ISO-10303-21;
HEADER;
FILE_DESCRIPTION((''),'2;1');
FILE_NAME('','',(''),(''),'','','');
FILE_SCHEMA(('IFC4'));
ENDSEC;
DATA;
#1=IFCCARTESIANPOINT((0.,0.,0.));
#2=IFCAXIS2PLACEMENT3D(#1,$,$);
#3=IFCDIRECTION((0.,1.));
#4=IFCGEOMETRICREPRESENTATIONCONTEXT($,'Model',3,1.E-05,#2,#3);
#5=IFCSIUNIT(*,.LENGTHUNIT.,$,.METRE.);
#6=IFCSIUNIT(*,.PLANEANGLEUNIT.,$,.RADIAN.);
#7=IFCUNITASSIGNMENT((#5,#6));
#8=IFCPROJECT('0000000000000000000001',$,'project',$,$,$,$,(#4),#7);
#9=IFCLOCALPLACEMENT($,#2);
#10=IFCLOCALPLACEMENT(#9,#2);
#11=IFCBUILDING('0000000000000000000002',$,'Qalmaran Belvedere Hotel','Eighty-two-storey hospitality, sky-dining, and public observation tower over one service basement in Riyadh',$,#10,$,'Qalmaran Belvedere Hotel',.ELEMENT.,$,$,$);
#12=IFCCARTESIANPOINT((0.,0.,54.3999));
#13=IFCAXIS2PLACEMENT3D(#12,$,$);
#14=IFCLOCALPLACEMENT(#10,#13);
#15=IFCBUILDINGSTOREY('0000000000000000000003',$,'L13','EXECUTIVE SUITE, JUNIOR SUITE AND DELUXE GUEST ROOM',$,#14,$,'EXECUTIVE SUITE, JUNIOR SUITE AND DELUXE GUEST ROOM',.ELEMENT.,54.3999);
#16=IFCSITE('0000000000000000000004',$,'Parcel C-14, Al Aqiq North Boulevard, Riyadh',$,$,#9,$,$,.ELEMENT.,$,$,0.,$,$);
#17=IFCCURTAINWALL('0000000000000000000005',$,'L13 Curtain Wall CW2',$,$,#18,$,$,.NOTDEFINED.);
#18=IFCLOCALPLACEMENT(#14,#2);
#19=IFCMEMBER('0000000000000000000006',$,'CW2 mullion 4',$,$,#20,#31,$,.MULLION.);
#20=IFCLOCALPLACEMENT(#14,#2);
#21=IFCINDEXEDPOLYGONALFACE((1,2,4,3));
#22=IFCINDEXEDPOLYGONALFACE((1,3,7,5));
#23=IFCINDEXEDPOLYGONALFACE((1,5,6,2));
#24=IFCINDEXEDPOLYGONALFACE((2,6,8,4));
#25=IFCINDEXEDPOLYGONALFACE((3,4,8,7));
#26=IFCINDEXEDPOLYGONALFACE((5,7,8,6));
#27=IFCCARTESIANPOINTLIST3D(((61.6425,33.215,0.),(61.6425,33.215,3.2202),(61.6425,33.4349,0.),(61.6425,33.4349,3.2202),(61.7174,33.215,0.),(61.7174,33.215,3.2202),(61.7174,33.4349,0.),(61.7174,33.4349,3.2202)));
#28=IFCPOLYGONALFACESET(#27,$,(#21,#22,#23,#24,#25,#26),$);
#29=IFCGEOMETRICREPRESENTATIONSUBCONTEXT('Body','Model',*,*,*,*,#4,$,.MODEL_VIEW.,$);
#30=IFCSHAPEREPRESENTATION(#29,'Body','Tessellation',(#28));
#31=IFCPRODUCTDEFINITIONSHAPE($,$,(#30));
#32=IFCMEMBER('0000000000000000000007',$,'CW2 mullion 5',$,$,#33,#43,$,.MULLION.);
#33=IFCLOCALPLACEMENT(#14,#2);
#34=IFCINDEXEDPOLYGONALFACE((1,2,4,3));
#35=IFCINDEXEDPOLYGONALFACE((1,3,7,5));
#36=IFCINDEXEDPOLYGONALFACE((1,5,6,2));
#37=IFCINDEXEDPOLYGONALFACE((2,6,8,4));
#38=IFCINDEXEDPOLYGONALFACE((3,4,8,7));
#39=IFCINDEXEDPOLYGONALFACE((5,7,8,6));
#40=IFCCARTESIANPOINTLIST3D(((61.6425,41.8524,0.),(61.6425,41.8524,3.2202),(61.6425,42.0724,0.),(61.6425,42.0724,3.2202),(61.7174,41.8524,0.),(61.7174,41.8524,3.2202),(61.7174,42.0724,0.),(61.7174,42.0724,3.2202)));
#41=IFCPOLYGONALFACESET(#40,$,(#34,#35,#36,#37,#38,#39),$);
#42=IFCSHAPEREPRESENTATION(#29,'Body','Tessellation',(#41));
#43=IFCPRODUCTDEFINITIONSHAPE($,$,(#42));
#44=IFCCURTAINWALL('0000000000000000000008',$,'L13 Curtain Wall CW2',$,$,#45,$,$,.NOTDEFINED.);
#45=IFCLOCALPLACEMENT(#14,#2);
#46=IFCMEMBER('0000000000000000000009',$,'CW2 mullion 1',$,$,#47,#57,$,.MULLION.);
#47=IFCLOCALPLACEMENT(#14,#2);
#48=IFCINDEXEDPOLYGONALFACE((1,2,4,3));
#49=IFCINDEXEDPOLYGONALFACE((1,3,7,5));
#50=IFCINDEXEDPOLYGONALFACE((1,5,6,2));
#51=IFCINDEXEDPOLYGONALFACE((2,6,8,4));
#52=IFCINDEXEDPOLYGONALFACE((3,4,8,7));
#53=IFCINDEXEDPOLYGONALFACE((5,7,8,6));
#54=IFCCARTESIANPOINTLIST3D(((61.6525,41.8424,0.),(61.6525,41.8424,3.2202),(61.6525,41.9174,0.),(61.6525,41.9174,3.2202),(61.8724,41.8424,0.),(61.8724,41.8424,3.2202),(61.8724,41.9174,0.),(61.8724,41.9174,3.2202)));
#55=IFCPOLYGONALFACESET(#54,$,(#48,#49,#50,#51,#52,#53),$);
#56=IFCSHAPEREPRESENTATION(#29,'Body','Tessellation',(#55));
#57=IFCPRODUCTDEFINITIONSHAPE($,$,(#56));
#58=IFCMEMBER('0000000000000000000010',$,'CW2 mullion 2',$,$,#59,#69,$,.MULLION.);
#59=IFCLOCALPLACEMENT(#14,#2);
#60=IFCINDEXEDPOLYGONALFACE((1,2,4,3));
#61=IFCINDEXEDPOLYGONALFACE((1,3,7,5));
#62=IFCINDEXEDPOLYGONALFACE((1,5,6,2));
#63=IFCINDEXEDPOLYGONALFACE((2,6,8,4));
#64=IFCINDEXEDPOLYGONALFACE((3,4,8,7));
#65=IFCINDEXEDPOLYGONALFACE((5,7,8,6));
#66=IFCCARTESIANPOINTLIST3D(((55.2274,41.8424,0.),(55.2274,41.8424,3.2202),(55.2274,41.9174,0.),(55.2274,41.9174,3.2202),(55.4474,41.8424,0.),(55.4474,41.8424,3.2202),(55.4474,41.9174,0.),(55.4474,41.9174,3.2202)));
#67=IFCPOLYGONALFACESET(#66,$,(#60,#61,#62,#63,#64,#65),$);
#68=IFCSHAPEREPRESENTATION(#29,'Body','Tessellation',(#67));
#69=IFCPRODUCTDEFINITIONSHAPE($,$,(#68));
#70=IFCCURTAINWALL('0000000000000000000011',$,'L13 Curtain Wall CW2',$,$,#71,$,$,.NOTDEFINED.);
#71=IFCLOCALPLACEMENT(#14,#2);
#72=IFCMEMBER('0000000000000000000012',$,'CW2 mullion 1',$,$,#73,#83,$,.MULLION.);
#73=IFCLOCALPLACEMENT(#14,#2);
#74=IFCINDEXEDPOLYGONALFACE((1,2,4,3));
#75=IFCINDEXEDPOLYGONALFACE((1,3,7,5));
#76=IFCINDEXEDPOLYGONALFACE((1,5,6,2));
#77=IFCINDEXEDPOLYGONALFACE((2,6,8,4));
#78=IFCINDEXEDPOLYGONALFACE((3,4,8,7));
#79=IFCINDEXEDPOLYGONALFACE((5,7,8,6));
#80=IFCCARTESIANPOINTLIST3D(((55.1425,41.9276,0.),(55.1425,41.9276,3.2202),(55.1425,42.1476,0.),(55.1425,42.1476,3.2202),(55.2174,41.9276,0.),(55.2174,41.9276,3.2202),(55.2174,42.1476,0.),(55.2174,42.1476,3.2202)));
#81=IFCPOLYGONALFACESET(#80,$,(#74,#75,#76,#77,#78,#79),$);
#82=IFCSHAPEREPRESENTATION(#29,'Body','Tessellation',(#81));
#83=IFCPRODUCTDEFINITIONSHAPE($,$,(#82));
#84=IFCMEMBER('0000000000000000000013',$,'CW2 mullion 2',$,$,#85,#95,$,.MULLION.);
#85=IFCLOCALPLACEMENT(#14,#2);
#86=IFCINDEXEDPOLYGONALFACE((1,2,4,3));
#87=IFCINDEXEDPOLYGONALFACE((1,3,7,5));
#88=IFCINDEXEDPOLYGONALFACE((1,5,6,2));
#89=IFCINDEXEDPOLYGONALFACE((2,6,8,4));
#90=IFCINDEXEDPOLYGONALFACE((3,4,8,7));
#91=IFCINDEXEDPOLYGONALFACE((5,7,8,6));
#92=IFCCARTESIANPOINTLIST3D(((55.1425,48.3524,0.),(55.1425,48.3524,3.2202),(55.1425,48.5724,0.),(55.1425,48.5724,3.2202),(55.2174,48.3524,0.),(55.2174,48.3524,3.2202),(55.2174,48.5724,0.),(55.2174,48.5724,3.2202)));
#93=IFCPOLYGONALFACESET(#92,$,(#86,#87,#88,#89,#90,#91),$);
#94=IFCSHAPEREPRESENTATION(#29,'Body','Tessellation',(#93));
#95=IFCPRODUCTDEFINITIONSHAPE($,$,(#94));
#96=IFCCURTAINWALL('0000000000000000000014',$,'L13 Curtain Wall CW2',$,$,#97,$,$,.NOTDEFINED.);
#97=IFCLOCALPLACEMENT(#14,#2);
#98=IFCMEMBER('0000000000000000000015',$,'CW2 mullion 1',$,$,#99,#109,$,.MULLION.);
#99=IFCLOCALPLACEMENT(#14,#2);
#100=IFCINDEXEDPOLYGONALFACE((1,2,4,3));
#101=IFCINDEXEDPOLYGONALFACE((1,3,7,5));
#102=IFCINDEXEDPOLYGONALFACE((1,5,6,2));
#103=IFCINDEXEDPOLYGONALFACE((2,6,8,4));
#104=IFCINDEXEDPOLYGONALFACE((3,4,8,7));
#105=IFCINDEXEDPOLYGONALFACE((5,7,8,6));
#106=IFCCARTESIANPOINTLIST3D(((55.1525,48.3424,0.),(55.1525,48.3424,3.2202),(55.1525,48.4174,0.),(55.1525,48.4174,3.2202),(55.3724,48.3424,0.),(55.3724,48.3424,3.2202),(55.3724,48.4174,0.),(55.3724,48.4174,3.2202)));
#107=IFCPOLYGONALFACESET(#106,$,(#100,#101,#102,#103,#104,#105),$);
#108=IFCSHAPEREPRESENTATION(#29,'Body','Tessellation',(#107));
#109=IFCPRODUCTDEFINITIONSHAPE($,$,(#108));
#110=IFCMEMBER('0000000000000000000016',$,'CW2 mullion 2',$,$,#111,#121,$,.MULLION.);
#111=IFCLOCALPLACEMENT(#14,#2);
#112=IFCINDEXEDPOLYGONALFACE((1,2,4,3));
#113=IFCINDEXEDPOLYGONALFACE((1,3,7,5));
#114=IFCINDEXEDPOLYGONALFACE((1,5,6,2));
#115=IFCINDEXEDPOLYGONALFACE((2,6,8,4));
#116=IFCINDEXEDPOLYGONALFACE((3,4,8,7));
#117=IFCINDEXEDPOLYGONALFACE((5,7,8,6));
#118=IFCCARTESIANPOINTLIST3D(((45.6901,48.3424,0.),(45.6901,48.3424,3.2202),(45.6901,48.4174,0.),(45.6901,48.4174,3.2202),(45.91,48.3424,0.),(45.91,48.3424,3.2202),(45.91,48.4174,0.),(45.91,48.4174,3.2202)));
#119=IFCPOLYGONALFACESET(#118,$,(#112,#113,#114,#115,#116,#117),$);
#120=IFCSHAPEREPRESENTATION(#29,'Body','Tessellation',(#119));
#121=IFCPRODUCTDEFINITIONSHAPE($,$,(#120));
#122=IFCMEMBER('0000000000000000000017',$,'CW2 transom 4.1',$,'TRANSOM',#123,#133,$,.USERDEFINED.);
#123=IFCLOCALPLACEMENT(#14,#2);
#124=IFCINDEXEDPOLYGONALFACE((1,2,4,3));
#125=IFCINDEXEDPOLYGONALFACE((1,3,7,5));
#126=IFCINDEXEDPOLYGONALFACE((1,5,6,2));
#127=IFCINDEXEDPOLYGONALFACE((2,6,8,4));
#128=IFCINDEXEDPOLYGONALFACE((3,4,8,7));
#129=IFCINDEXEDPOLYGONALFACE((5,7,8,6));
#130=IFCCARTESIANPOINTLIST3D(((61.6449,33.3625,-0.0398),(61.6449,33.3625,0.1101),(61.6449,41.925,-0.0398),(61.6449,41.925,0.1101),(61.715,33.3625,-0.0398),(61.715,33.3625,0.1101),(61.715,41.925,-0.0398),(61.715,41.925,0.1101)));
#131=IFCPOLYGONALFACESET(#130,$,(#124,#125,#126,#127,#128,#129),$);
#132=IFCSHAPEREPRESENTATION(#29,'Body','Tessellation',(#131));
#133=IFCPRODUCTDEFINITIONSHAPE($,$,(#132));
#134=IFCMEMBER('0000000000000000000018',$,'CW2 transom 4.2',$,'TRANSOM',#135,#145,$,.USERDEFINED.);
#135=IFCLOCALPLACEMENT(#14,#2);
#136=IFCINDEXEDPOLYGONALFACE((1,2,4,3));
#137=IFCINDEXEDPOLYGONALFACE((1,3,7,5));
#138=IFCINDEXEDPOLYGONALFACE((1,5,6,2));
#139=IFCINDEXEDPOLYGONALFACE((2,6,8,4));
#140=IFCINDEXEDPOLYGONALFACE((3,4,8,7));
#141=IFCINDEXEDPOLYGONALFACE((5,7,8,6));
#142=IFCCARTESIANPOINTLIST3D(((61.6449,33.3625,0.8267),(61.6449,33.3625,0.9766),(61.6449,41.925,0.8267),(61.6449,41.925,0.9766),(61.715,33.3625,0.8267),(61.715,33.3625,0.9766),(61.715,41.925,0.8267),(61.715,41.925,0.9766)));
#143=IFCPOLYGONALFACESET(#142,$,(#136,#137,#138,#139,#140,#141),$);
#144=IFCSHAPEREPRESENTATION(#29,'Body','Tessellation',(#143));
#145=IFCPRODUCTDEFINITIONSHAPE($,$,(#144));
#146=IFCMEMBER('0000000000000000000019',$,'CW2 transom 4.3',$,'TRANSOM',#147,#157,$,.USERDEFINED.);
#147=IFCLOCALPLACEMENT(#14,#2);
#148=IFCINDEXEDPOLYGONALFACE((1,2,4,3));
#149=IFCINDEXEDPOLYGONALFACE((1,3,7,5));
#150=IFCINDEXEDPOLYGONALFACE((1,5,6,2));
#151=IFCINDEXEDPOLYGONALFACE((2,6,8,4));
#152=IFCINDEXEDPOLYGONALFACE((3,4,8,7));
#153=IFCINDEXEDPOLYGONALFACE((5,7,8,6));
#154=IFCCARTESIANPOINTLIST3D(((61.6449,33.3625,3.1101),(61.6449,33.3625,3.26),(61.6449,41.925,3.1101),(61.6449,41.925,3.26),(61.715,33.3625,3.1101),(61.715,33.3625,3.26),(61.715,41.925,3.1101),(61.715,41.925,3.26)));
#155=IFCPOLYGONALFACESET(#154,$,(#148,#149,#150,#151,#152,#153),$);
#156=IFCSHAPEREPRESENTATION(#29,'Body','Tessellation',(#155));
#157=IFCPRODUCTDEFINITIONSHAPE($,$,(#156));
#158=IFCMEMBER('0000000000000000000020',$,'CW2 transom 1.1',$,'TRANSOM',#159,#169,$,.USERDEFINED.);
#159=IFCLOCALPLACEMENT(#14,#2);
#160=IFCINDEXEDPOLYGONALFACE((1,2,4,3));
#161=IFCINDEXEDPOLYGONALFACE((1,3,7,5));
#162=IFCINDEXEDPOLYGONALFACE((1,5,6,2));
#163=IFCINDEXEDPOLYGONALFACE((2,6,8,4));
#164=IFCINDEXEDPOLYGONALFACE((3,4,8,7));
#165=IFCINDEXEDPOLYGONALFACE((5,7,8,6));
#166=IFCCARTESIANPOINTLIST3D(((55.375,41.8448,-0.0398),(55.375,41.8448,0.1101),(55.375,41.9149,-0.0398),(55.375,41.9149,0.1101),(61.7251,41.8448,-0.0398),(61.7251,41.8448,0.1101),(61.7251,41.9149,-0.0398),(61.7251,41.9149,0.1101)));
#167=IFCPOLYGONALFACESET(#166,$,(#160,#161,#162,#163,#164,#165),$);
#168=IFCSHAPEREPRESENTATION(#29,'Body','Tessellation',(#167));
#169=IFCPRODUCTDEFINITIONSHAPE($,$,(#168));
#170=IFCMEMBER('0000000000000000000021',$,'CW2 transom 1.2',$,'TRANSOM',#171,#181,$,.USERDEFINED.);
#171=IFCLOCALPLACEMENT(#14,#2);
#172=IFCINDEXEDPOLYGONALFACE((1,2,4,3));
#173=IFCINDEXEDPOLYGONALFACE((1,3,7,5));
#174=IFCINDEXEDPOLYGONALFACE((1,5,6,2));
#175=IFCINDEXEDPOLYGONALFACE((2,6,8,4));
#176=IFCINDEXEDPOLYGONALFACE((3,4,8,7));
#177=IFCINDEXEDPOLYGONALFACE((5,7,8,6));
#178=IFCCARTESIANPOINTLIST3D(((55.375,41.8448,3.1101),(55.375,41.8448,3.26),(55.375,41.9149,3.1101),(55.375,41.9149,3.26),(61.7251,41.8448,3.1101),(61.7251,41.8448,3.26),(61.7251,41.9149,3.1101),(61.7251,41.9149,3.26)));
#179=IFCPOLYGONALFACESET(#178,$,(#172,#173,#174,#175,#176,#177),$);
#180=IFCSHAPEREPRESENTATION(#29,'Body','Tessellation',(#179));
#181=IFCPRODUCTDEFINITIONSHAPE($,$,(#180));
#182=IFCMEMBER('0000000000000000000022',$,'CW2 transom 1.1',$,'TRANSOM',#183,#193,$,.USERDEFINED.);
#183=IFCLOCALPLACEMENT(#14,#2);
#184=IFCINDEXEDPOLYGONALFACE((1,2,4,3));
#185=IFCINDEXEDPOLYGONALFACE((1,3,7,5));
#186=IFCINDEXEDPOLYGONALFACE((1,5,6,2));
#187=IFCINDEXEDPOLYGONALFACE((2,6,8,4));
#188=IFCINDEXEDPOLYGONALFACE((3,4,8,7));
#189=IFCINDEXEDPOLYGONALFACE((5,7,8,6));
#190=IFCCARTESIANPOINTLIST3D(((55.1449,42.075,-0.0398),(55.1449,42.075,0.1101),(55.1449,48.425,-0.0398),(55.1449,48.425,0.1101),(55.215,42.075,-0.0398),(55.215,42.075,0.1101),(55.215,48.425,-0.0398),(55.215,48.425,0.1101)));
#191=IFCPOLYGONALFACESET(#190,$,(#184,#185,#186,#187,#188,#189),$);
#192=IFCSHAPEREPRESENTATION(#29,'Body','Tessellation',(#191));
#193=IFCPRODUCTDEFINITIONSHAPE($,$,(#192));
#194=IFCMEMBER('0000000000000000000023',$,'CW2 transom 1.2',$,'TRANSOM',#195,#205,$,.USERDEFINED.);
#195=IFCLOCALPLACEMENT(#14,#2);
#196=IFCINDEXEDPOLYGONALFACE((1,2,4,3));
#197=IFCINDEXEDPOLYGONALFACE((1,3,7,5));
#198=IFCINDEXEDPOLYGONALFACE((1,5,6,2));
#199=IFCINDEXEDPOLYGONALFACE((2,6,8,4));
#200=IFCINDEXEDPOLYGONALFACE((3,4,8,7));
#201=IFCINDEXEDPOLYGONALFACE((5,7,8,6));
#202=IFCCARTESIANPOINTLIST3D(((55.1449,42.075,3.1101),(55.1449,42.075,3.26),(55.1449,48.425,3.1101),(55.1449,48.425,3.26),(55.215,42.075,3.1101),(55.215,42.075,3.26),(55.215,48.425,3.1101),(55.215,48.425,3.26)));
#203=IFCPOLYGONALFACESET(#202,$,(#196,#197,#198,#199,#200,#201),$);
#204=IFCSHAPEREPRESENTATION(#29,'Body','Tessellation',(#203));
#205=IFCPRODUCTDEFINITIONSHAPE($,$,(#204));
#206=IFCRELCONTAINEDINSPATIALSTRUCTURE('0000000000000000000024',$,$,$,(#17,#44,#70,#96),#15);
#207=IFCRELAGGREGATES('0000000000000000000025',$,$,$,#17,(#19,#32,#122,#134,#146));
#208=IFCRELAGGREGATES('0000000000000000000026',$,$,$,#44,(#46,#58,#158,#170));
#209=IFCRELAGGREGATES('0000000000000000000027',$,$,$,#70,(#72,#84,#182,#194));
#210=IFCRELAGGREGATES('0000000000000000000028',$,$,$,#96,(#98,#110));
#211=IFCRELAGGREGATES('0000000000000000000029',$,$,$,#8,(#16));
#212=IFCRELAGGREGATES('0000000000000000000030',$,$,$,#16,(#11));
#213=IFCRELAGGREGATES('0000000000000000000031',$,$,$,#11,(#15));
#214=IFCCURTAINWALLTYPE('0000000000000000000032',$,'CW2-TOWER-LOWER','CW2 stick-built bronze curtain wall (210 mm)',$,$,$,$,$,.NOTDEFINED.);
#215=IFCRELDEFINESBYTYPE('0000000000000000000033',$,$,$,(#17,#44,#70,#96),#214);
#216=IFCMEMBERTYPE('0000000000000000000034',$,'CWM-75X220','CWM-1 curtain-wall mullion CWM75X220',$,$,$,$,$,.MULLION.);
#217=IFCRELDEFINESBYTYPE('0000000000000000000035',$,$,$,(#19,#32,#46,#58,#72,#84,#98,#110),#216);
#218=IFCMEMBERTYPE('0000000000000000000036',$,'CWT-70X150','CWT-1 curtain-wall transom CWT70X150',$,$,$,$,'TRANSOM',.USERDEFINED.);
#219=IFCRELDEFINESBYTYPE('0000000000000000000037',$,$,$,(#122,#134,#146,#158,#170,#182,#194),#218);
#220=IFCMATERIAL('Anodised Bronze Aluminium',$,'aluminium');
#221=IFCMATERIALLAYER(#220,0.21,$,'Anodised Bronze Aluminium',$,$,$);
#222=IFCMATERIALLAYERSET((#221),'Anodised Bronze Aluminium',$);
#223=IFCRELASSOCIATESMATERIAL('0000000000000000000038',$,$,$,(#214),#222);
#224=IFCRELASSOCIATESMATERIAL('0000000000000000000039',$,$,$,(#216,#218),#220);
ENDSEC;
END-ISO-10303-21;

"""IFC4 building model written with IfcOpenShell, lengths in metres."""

from ifc_helpers import new_model, si_unit, direction, frame, origin, origin_2d, place, context, subcontext, project, spatial, rectangle, extrude, material, layer, layer_set, material_profile, profile_set, type_object, element, aggregate, save


model = new_model("IFC4")

# Units and contexts
model_context = context("Model", 3, precision=1e-05, world=origin(), true_north=direction((0.0, 1.0)))
body_context = subcontext(model_context, "Body", "Model", "MODEL_VIEW")
ifc_project = project(units=[si_unit("LENGTHUNIT", "METRE"), si_unit("PLANEANGLEUNIT", "RADIAN")], contexts=[model_context])

# Site, building, storey
site_placement = place(None, origin())
site = spatial("IfcSite", under=ifc_project, at=site_placement, Name="Parcel C-14, Al Aqiq North Boulevard, Riyadh", CompositionType="ELEMENT", RefElevation=0.0)
building_placement = place(site_placement, origin())
building = spatial("IfcBuilding", under=site, at=building_placement, Name="Qalmaran Belvedere Hotel", Description="Eighty-two-storey hospitality, sky-dining, and public observation tower over one service basement in Riyadh", LongName="Qalmaran Belvedere Hotel", CompositionType="ELEMENT")
storey_placement = place(building_placement, frame((0.0, 0.0, 54.3999)))
storey = spatial("IfcBuildingStorey", under=building, at=storey_placement, Name="L13", Description="EXECUTIVE SUITE, JUNIOR SUITE AND DELUXE GUEST ROOM", LongName="EXECUTIVE SUITE, JUNIOR SUITE AND DELUXE GUEST ROOM", CompositionType="ELEMENT", Elevation=54.3999)

# Curtain walls, members
ifc_material_1 = material(Name="Anodised Bronze Aluminium", Category="aluminium")
ifc_layer_1 = layer(ifc_material_1, 0.21, Name="Anodised Bronze Aluminium")
ifc_layer_set_1 = layer_set([ifc_layer_1], Name="Anodised Bronze Aluminium")
curtain_wall_type = type_object("IfcCurtainWallType", Name="CW2-TOWER-LOWER", Description="CW2 stick-built bronze curtain wall (210 mm)", PredefinedType="NOTDEFINED", material=ifc_layer_set_1)
curtain_wall_1_placement = place(storey_placement, origin())
curtain_wall_1 = element("IfcCurtainWall", 1, at=curtain_wall_1_placement, inside=storey, type_object=curtain_wall_type, Name="L13 Curtain Wall CW2", PredefinedType="NOTDEFINED")
ifc_material_profile_1 = material_profile(ifc_material_1, rectangle(XDim=0.075, YDim=0.22, at=origin_2d()), Name="CWM75X220")
ifc_profile_set_1 = profile_set([ifc_material_profile_1], Name="Anodised Bronze Aluminium")
member_type_1 = type_object("IfcMemberType", Name="CWM-75X220", Description="CWM-1 curtain-wall mullion CWM75X220", PredefinedType="MULLION", material=ifc_profile_set_1)
member_1_placement = place(storey_placement, frame((61.6799, 33.325, 0.0), z_axis=(0.0, 0.0, 1.0), x_axis=(-1.0, 0.0, 0.0)))
member_1 = element("IfcMember", 2, at=member_1_placement, type_object=member_type_1, Name="CW2 mullion 4", PredefinedType="MULLION", context=body_context, shape_type="SweptSolid", body=[
    extrude(rectangle(XDim=0.075, YDim=0.22, at=origin_2d()), origin(), (0.0, 0.0, 1.0), 3.2202),
])
member_2_placement = place(storey_placement, frame((61.6799, 41.9624, 0.0), z_axis=(0.0, 0.0, 1.0), x_axis=(-1.0, 0.0, 0.0)))
member_2 = element("IfcMember", 3, at=member_2_placement, type_object=member_type_1, Name="CW2 mullion 5", PredefinedType="MULLION", context=body_context, shape_type="SweptSolid", body=[
    extrude(rectangle(XDim=0.075, YDim=0.22, at=origin_2d()), origin(), (0.0, 0.0, 1.0), 3.2202),
])
curtain_wall_2_placement = place(storey_placement, origin())
curtain_wall_2 = element("IfcCurtainWall", 4, at=curtain_wall_2_placement, inside=storey, type_object=curtain_wall_type, Name="L13 Curtain Wall CW2", PredefinedType="NOTDEFINED")
member_3_placement = place(storey_placement, frame((61.7625, 41.8799, 0.0), z_axis=(0.0, 0.0, 1.0), x_axis=(0.0, -1.0, 0.0)))
member_3 = element("IfcMember", 5, at=member_3_placement, type_object=member_type_1, Name="CW2 mullion 1", PredefinedType="MULLION", context=body_context, shape_type="SweptSolid", body=[
    extrude(rectangle(XDim=0.075, YDim=0.22, at=origin_2d()), origin(), (0.0, 0.0, 1.0), 3.2202),
])
member_4_placement = place(storey_placement, frame((55.3374, 41.8799, 0.0), z_axis=(0.0, 0.0, 1.0), x_axis=(0.0, -1.0, 0.0)))
member_4 = element("IfcMember", 6, at=member_4_placement, type_object=member_type_1, Name="CW2 mullion 2", PredefinedType="MULLION", context=body_context, shape_type="SweptSolid", body=[
    extrude(rectangle(XDim=0.075, YDim=0.22, at=origin_2d()), origin(), (0.0, 0.0, 1.0), 3.2202),
])
curtain_wall_3_placement = place(storey_placement, origin())
curtain_wall_3 = element("IfcCurtainWall", 7, at=curtain_wall_3_placement, inside=storey, type_object=curtain_wall_type, Name="L13 Curtain Wall CW2", PredefinedType="NOTDEFINED")
member_5_placement = place(storey_placement, frame((55.1799, 42.0376, 0.0), z_axis=(0.0, 0.0, 1.0), x_axis=(-1.0, 0.0, 0.0)))
member_5 = element("IfcMember", 8, at=member_5_placement, type_object=member_type_1, Name="CW2 mullion 1", PredefinedType="MULLION", context=body_context, shape_type="SweptSolid", body=[
    extrude(rectangle(XDim=0.075, YDim=0.22, at=origin_2d()), origin(), (0.0, 0.0, 1.0), 3.2202),
])
member_6_placement = place(storey_placement, frame((55.1799, 48.4624, 0.0), z_axis=(0.0, 0.0, 1.0), x_axis=(-1.0, 0.0, 0.0)))
member_6 = element("IfcMember", 9, at=member_6_placement, type_object=member_type_1, Name="CW2 mullion 2", PredefinedType="MULLION", context=body_context, shape_type="SweptSolid", body=[
    extrude(rectangle(XDim=0.075, YDim=0.22, at=origin_2d()), origin(), (0.0, 0.0, 1.0), 3.2202),
])
curtain_wall_4_placement = place(storey_placement, origin())
curtain_wall_4 = element("IfcCurtainWall", 10, at=curtain_wall_4_placement, inside=storey, type_object=curtain_wall_type, Name="L13 Curtain Wall CW2", PredefinedType="NOTDEFINED")
member_7_placement = place(storey_placement, frame((55.2625, 48.3799, 0.0), z_axis=(0.0, 0.0, 1.0), x_axis=(0.0, -1.0, 0.0)))
member_7 = element("IfcMember", 11, at=member_7_placement, type_object=member_type_1, Name="CW2 mullion 1", PredefinedType="MULLION", context=body_context, shape_type="SweptSolid", body=[
    extrude(rectangle(XDim=0.075, YDim=0.22, at=origin_2d()), origin(), (0.0, 0.0, 1.0), 3.2202),
])
member_8_placement = place(storey_placement, frame((45.8, 48.3799, 0.0), z_axis=(0.0, 0.0, 1.0), x_axis=(0.0, -1.0, 0.0)))
member_8 = element("IfcMember", 12, at=member_8_placement, type_object=member_type_1, Name="CW2 mullion 2", PredefinedType="MULLION", context=body_context, shape_type="SweptSolid", body=[
    extrude(rectangle(XDim=0.075, YDim=0.22, at=origin_2d()), origin(), (0.0, 0.0, 1.0), 3.2202),
])

# Members
ifc_material_profile_2 = material_profile(ifc_material_1, rectangle(XDim=0.0701, YDim=0.1499, at=origin_2d()), Name="CWT70X150")
ifc_profile_set_2 = profile_set([ifc_material_profile_2], Name="Anodised Bronze Aluminium")
member_type_2 = type_object("IfcMemberType", Name="CWT-70X150", Description="CWT-1 curtain-wall transom CWT70X150", ElementType="TRANSOM", PredefinedType="USERDEFINED", material=ifc_profile_set_2)
member_9_placement = place(storey_placement, frame((61.6799, 33.3625, 0.0352), z_axis=(0.0, 1.0, 0.0), x_axis=(-1.0, 0.0, 0.0)))
member_9 = element("IfcMember", 13, at=member_9_placement, type_object=member_type_2, Name="CW2 transom 4.1", ObjectType="TRANSOM", PredefinedType="USERDEFINED", context=body_context, shape_type="SweptSolid", body=[
    extrude(rectangle(XDim=0.0701, YDim=0.1499, at=origin_2d()), origin(), (0.0, 0.0, 1.0), 8.5625),
])
member_10_placement = place(storey_placement, frame((61.6799, 33.3625, 0.9016), z_axis=(0.0, 1.0, 0.0), x_axis=(-1.0, 0.0, 0.0)))
member_10 = element("IfcMember", 14, at=member_10_placement, type_object=member_type_2, Name="CW2 transom 4.2", ObjectType="TRANSOM", PredefinedType="USERDEFINED", context=body_context, shape_type="SweptSolid", body=[
    extrude(rectangle(XDim=0.0701, YDim=0.1499, at=origin_2d()), origin(), (0.0, 0.0, 1.0), 8.5625),
])
member_11_placement = place(storey_placement, frame((61.6799, 33.3625, 3.1851), z_axis=(0.0, 1.0, 0.0), x_axis=(-1.0, 0.0, 0.0)))
member_11 = element("IfcMember", 15, at=member_11_placement, type_object=member_type_2, Name="CW2 transom 4.3", ObjectType="TRANSOM", PredefinedType="USERDEFINED", context=body_context, shape_type="SweptSolid", body=[
    extrude(rectangle(XDim=0.0701, YDim=0.1499, at=origin_2d()), origin(), (0.0, 0.0, 1.0), 8.5625),
])
member_12_placement = place(storey_placement, frame((61.7251, 41.8799, 0.0352), z_axis=(-1.0, 0.0, 0.0), x_axis=(0.0, -1.0, 0.0)))
member_12 = element("IfcMember", 16, at=member_12_placement, type_object=member_type_2, Name="CW2 transom 1.1", ObjectType="TRANSOM", PredefinedType="USERDEFINED", context=body_context, shape_type="SweptSolid", body=[
    extrude(rectangle(XDim=0.0701, YDim=0.1499, at=origin_2d()), origin(), (0.0, 0.0, 1.0), 6.3501),
])
member_13_placement = place(storey_placement, frame((61.7251, 41.8799, 3.1851), z_axis=(-1.0, 0.0, 0.0), x_axis=(0.0, -1.0, 0.0)))
member_13 = element("IfcMember", 17, at=member_13_placement, type_object=member_type_2, Name="CW2 transom 1.2", ObjectType="TRANSOM", PredefinedType="USERDEFINED", context=body_context, shape_type="SweptSolid", body=[
    extrude(rectangle(XDim=0.0701, YDim=0.1499, at=origin_2d()), origin(), (0.0, 0.0, 1.0), 6.3501),
])
member_14_placement = place(storey_placement, frame((55.1799, 42.075, 0.0352), z_axis=(0.0, 1.0, 0.0), x_axis=(-1.0, 0.0, 0.0)))
member_14 = element("IfcMember", 18, at=member_14_placement, type_object=member_type_2, Name="CW2 transom 1.1", ObjectType="TRANSOM", PredefinedType="USERDEFINED", context=body_context, shape_type="SweptSolid", body=[
    extrude(rectangle(XDim=0.0701, YDim=0.1499, at=origin_2d()), origin(), (0.0, 0.0, 1.0), 6.3501),
])
member_15_placement = place(storey_placement, frame((55.1799, 42.075, 3.1851), z_axis=(0.0, 1.0, 0.0), x_axis=(-1.0, 0.0, 0.0)))
member_15 = element("IfcMember", 19, at=member_15_placement, type_object=member_type_2, Name="CW2 transom 1.2", ObjectType="TRANSOM", PredefinedType="USERDEFINED", context=body_context, shape_type="SweptSolid", body=[
    extrude(rectangle(XDim=0.0701, YDim=0.1499, at=origin_2d()), origin(), (0.0, 0.0, 1.0), 6.3501),
])

aggregate(curtain_wall_1, [member_1, member_2, member_9, member_10, member_11])
aggregate(curtain_wall_2, [member_3, member_4, member_12, member_13])
aggregate(curtain_wall_3, [member_5, member_6, member_14, member_15])
aggregate(curtain_wall_4, [member_7, member_8])

save(model, "model.ifc")
